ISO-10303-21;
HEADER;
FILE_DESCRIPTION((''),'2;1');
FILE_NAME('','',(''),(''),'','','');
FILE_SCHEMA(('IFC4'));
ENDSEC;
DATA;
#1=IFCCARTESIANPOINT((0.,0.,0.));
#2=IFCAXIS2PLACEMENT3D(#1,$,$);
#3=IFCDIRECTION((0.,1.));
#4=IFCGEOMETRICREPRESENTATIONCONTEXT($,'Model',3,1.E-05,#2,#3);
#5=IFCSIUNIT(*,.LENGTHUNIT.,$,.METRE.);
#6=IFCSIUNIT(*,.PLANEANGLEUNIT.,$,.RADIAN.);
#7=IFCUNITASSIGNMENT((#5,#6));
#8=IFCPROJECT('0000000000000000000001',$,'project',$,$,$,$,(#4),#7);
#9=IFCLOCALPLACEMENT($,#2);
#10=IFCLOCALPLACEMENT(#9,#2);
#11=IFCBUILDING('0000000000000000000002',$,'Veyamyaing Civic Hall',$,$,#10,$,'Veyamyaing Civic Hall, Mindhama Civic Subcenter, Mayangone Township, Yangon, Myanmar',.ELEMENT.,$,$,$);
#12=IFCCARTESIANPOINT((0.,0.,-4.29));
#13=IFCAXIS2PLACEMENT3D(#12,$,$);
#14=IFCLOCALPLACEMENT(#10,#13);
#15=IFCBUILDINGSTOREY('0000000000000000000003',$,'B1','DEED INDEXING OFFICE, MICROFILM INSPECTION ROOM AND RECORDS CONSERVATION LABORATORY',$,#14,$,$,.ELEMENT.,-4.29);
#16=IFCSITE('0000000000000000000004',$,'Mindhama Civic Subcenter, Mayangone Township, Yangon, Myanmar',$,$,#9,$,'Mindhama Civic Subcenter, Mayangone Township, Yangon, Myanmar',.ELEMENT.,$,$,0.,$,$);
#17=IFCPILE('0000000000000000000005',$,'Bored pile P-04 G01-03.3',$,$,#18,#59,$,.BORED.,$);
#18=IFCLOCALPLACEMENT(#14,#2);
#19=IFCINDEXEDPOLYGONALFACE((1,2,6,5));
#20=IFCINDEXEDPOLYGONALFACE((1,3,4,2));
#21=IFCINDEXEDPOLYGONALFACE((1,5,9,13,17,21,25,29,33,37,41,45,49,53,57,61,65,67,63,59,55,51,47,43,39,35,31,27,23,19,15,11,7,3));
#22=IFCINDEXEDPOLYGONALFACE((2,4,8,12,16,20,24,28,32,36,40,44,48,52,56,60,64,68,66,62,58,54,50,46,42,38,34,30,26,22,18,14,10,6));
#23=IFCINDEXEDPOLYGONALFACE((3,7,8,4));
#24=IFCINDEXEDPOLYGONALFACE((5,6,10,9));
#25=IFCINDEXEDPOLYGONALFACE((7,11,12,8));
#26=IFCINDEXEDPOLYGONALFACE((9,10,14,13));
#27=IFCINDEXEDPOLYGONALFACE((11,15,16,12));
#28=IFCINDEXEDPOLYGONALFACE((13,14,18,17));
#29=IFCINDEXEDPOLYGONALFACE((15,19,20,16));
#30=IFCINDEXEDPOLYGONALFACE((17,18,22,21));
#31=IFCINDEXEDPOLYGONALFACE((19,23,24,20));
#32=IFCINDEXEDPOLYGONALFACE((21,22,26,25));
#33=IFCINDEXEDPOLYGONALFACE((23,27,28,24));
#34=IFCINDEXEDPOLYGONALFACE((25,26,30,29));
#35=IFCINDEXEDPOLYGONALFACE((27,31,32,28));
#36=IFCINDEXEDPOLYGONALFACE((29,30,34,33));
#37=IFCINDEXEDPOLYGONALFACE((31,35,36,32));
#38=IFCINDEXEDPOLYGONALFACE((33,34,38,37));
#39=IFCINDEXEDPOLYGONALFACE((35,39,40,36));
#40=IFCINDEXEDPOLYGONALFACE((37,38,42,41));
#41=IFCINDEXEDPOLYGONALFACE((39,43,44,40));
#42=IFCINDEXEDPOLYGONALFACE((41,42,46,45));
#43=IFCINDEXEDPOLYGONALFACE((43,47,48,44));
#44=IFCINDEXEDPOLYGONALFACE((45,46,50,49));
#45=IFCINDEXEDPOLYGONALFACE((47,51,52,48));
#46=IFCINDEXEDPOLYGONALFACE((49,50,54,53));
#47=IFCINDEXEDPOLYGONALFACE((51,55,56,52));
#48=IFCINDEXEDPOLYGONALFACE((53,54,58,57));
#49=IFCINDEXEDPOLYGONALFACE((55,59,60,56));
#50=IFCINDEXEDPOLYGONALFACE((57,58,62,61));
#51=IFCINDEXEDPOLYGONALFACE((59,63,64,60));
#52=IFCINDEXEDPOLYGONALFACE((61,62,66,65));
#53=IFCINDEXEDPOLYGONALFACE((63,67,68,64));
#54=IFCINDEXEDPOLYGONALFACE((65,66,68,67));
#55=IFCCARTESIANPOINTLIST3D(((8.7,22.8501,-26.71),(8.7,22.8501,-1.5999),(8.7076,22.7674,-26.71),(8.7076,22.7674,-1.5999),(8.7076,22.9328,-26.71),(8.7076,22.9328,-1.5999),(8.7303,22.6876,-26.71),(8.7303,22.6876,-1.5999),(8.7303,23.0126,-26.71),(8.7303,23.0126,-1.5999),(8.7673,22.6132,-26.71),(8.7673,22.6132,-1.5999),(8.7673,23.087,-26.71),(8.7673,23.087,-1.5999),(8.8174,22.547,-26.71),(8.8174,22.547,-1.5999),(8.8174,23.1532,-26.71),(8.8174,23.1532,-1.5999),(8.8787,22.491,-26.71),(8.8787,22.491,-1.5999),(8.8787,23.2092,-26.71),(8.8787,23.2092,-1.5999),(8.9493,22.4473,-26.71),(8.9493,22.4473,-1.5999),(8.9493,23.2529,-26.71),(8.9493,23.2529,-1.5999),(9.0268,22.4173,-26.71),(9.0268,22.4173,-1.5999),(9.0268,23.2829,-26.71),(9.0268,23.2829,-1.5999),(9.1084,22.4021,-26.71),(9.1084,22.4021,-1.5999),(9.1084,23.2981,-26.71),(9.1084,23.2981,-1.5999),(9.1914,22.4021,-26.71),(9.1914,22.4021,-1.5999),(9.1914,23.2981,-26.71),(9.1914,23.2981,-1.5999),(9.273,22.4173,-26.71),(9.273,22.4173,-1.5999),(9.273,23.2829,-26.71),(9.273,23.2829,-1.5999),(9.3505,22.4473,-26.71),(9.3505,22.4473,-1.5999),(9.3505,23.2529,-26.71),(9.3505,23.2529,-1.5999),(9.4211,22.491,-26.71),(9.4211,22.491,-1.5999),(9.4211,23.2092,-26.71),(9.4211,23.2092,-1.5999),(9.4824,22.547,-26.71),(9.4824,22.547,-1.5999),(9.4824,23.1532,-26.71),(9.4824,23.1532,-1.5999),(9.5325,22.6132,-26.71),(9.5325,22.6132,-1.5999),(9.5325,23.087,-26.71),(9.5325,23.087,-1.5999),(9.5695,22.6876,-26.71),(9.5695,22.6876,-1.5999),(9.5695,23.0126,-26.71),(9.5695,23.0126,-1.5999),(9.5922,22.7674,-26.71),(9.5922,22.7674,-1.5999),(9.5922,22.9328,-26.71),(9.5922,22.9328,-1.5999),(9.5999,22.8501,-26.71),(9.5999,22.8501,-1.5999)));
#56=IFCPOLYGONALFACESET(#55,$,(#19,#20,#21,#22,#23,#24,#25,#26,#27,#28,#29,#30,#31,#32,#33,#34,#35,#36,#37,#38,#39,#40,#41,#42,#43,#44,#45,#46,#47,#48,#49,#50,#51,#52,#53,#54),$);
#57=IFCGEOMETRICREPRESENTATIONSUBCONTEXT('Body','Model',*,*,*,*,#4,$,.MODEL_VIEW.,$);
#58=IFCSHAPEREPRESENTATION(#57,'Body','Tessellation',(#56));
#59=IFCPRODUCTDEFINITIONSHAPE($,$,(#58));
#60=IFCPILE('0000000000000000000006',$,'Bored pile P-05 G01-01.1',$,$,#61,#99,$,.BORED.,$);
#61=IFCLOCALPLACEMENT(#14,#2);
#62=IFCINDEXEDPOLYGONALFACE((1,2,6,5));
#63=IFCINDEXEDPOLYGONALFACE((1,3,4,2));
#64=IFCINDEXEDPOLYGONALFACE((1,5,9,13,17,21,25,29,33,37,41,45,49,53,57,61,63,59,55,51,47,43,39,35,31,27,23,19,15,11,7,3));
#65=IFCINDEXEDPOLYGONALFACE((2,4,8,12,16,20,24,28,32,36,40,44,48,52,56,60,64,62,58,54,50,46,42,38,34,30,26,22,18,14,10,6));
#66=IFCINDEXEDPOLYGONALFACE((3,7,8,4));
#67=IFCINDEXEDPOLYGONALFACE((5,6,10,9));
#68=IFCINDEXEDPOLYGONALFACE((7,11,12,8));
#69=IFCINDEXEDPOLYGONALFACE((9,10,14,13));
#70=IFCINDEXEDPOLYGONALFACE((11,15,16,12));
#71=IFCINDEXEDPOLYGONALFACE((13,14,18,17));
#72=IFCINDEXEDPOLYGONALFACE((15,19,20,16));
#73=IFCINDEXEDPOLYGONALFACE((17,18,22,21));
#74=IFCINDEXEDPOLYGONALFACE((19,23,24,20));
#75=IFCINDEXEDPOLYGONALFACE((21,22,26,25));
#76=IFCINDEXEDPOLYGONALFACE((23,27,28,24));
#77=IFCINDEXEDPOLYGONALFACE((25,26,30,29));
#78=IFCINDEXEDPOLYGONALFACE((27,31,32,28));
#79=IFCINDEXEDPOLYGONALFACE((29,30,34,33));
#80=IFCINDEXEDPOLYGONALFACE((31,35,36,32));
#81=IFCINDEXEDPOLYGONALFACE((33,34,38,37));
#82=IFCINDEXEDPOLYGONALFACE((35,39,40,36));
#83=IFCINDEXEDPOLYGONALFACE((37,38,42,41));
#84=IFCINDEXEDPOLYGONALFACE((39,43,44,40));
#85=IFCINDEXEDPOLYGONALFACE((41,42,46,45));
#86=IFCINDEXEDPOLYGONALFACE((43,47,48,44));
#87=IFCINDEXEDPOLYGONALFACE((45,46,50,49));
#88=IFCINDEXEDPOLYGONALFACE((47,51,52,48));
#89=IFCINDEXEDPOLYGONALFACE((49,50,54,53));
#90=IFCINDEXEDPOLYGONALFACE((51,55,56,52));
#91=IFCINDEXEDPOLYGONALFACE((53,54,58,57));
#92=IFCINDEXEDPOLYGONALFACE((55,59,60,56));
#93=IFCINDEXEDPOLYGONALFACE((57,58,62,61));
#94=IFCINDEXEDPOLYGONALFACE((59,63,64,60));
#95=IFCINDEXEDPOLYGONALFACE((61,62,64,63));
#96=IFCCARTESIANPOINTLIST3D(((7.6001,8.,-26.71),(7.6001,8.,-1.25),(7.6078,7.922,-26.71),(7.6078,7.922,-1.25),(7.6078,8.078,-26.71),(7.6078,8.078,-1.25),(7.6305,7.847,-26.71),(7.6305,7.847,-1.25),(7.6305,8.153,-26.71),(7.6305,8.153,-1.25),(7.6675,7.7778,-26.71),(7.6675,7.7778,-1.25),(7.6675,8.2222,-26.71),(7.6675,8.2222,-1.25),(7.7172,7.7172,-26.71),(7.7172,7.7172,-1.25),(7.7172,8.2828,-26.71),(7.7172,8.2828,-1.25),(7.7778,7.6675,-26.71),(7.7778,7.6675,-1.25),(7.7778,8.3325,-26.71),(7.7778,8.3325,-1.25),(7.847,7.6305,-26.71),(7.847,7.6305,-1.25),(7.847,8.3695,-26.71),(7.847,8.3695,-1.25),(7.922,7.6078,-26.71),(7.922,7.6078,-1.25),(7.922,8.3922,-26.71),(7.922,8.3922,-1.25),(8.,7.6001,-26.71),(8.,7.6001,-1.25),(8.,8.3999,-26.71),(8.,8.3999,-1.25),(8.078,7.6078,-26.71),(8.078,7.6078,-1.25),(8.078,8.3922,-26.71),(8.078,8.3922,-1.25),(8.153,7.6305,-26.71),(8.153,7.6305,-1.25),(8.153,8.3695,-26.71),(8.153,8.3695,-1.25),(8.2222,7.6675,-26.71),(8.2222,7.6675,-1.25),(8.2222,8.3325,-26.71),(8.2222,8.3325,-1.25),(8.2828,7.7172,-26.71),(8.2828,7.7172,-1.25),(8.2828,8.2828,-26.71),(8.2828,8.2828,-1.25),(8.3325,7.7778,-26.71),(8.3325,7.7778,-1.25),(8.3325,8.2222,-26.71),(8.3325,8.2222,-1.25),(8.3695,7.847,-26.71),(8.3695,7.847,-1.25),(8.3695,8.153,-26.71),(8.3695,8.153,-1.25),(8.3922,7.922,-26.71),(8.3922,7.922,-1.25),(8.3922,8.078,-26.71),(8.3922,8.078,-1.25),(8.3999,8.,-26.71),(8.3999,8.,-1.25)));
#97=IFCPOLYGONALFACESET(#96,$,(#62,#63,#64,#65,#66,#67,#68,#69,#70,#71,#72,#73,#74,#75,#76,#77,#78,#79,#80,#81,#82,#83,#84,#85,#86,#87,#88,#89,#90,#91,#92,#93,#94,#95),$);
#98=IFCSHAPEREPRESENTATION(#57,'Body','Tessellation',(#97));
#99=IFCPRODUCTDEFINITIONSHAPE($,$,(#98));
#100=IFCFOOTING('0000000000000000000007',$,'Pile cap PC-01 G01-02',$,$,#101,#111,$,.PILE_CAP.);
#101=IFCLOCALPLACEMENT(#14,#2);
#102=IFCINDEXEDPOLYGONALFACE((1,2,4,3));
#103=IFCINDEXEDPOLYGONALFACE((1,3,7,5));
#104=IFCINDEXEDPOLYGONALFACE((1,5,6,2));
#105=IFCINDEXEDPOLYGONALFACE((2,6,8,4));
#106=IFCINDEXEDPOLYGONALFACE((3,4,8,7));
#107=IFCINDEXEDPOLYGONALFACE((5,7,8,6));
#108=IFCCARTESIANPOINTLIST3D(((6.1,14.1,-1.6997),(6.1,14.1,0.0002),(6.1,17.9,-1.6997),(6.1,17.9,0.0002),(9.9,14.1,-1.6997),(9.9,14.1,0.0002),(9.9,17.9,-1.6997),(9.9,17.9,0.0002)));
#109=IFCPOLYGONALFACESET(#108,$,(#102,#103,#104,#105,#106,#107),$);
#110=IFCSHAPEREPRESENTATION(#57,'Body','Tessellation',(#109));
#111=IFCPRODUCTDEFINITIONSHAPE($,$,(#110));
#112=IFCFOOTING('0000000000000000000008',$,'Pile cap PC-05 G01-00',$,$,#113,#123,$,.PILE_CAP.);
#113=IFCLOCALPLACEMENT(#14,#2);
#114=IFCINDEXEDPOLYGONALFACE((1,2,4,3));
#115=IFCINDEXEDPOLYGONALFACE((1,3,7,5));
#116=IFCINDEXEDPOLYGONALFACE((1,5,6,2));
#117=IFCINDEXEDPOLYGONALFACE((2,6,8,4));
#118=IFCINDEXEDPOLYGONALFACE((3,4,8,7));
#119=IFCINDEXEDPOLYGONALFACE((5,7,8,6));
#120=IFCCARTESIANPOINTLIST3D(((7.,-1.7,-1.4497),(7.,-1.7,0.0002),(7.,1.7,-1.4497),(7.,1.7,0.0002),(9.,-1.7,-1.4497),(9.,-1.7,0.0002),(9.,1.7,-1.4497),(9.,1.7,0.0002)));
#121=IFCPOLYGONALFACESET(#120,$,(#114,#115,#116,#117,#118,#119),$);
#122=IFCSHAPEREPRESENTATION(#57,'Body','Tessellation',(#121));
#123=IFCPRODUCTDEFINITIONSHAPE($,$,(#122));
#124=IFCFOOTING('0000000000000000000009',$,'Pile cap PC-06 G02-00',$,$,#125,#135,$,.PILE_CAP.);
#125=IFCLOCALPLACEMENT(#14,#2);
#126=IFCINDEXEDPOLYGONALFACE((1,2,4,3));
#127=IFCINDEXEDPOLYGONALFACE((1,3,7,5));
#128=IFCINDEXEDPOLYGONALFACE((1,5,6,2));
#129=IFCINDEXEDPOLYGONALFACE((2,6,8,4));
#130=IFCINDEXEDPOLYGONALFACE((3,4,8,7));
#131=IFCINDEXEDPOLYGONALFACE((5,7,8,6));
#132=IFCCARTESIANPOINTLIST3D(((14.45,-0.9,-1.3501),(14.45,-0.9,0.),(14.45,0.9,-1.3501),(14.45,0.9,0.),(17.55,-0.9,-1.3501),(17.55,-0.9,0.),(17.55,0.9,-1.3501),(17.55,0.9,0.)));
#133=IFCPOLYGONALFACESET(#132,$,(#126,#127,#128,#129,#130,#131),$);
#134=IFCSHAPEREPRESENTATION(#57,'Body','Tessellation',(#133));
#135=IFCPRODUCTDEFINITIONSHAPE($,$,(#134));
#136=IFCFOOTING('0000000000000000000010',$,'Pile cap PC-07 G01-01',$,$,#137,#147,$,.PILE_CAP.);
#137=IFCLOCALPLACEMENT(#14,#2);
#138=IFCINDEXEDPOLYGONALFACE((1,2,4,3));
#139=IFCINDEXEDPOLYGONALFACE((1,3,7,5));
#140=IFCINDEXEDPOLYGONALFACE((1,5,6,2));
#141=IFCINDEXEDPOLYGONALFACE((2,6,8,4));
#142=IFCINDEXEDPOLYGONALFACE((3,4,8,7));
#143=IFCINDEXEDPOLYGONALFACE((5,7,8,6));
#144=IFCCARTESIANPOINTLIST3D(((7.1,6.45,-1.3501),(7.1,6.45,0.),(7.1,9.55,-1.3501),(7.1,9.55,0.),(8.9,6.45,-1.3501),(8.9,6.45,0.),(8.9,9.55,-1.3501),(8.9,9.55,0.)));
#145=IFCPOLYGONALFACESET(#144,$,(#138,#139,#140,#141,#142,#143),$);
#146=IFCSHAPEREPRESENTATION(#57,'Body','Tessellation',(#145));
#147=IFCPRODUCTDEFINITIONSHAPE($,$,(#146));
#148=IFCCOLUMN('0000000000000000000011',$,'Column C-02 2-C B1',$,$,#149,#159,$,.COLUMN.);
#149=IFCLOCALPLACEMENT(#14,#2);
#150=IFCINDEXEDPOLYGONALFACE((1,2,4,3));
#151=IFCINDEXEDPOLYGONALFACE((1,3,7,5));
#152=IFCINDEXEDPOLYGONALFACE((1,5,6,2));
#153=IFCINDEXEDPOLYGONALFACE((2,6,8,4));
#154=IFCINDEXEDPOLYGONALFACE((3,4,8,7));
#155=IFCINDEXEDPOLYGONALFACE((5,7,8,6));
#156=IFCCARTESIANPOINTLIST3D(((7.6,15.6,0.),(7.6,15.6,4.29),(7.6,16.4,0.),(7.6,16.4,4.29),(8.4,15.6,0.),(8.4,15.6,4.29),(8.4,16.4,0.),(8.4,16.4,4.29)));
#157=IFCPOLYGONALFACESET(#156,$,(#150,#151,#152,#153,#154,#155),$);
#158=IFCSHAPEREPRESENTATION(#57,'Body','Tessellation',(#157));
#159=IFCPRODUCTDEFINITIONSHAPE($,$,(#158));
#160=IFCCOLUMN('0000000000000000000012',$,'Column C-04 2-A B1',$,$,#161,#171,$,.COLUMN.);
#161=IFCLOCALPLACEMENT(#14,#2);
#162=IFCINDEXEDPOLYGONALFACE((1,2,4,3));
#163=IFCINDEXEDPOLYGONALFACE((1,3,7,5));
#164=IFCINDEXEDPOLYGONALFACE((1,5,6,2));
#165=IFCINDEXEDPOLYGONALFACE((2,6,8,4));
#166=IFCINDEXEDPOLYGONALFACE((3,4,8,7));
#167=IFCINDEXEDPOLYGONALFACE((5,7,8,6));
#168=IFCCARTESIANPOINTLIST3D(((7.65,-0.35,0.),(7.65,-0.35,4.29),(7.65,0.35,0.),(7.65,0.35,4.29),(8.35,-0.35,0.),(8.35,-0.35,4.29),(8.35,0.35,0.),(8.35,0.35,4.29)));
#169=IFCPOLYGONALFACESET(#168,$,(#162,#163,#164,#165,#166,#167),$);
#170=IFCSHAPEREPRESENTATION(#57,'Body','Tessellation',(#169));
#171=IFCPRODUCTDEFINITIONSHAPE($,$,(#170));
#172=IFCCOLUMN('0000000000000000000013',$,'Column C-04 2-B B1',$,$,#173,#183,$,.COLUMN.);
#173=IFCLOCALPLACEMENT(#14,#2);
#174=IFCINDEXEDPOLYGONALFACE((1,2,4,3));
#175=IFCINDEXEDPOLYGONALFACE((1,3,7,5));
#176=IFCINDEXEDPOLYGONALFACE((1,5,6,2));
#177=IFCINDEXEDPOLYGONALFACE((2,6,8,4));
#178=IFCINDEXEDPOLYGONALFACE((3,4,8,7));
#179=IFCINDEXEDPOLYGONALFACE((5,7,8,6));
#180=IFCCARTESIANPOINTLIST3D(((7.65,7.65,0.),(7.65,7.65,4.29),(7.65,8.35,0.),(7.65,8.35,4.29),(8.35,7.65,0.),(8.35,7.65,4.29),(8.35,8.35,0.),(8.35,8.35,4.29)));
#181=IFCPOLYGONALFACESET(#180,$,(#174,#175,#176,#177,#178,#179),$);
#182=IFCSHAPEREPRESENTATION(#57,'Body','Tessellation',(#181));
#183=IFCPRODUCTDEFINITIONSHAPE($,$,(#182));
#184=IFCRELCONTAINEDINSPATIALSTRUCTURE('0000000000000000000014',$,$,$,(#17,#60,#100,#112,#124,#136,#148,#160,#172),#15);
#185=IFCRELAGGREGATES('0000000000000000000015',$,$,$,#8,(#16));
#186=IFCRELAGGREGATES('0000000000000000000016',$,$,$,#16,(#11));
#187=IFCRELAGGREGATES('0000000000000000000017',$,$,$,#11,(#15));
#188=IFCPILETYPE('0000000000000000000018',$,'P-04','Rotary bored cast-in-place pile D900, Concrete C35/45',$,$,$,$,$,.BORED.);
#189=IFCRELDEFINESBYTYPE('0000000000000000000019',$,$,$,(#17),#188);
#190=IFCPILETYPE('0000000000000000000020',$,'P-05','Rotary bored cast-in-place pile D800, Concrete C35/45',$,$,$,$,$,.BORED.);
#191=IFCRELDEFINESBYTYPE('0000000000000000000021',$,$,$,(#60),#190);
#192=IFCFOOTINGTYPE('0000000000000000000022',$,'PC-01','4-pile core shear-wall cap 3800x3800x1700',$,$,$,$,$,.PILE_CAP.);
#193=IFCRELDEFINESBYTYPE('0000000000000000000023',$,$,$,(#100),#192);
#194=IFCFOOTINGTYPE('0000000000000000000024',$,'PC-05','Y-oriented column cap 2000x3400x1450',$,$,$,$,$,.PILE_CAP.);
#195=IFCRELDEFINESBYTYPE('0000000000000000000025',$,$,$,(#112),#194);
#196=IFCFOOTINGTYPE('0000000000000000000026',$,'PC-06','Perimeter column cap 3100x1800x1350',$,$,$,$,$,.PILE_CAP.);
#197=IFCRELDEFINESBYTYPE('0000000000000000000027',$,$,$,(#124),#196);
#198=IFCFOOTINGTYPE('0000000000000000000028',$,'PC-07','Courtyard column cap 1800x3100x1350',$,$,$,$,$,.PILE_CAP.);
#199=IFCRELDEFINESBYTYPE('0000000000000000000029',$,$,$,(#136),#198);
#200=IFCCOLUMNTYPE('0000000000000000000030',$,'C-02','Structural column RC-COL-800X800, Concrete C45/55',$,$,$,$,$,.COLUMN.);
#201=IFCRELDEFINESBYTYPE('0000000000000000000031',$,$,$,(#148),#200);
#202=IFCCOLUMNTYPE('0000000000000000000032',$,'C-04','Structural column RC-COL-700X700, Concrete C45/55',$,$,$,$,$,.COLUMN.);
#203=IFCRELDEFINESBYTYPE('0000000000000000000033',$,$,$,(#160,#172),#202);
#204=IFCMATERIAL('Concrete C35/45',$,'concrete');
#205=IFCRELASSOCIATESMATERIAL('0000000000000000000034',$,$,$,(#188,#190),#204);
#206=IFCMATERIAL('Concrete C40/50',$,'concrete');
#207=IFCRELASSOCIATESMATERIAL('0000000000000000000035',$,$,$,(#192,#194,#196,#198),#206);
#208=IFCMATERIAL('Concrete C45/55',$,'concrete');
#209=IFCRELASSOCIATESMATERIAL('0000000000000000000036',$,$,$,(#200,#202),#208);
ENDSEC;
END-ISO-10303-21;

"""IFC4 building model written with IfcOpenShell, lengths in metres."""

from ifc_helpers import new_model, si_unit, direction, frame, origin, origin_2d, place, context, subcontext, project, spatial, rectangle, circle, extrude, material, material_profile, profile_set, type_object, element, save


model = new_model("IFC4")

# Units and contexts
model_context = context("Model", 3, precision=1e-05, world=origin(), true_north=direction((0.0, 1.0)))
body_context = subcontext(model_context, "Body", "Model", "MODEL_VIEW")
ifc_project = project(units=[si_unit("LENGTHUNIT", "METRE"), si_unit("PLANEANGLEUNIT", "RADIAN")], contexts=[model_context])

# Site, building, storey
site_placement = place(None, origin())
site = spatial("IfcSite", under=ifc_project, at=site_placement, Name="Mindhama Civic Subcenter, Mayangone Township, Yangon, Myanmar", LongName="Mindhama Civic Subcenter, Mayangone Township, Yangon, Myanmar", CompositionType="ELEMENT", RefElevation=0.0)
building_placement = place(site_placement, origin())
building = spatial("IfcBuilding", under=site, at=building_placement, Name="Veyamyaing Civic Hall", LongName="Veyamyaing Civic Hall, Mindhama Civic Subcenter, Mayangone Township, Yangon, Myanmar", CompositionType="ELEMENT")
storey_placement = place(building_placement, frame((0.0, 0.0, -4.29)))
storey = spatial("IfcBuildingStorey", under=building, at=storey_placement, Name="B1", Description="DEED INDEXING OFFICE, MICROFILM INSPECTION ROOM AND RECORDS CONSERVATION LABORATORY", CompositionType="ELEMENT", Elevation=-4.29)

# Shared definitions
ifc_material_1 = material(Name="Concrete C40/50", Category="concrete")

# Piles
ifc_material_2 = material(Name="Concrete C35/45", Category="concrete")
ifc_material_profile_1 = material_profile(ifc_material_2, circle(Radius=0.45, at=origin_2d()), Name="PILE-D900")
ifc_profile_set_1 = profile_set([ifc_material_profile_1], Name="Concrete C35/45")
pile_type_1 = type_object("IfcPileType", Name="P-04", Description="Rotary bored cast-in-place pile D900, Concrete C35/45", PredefinedType="BORED", material=ifc_profile_set_1)
for number, where, z_axis, x_axis, name in (
    (1, (9.1499, 22.8501, -1.5999), (0.0, 0.0, -1.0), (1.0, 0.0, 0.0), "Bored pile P-04 G01-03.3"),
):
    element("IfcPile", number, at=place(storey_placement, frame(where, z_axis=z_axis, x_axis=x_axis)), inside=storey, type_object=pile_type_1, Name=name, PredefinedType="BORED", context=body_context, shape_type="SweptSolid", body=[
        extrude(circle(Radius=0.45, at=origin_2d()), origin(), (0.0, 0.0, 1.0), 25.1101),
    ])
ifc_material_profile_2 = material_profile(ifc_material_2, circle(Radius=0.3999, at=origin_2d()), Name="PILE-D800")
ifc_profile_set_2 = profile_set([ifc_material_profile_2], Name="Concrete C35/45")
pile_type_2 = type_object("IfcPileType", Name="P-05", Description="Rotary bored cast-in-place pile D800, Concrete C35/45", PredefinedType="BORED", material=ifc_profile_set_2)
pile_1_placement = place(storey_placement, frame((8.0, 8.0, -1.25), z_axis=(0.0, 0.0, -1.0), x_axis=(1.0, 0.0, 0.0)))
element("IfcPile", 2, at=pile_1_placement, inside=storey, type_object=pile_type_2, Name="Bored pile P-05 G01-01.1", PredefinedType="BORED", context=body_context, shape_type="SweptSolid", body=[
    extrude(circle(Radius=0.3999, at=origin_2d()), origin(), (0.0, 0.0, 1.0), 25.46),
])

# Footings
footing_type_1 = type_object("IfcFootingType", Name="PC-01", Description="4-pile core shear-wall cap 3800x3800x1700", PredefinedType="PILE_CAP", material=ifc_material_1)
footing_1_placement = place(storey_placement, frame((8.0, 16.0, -1.6997), z_axis=(0.0, 0.0, 1.0), x_axis=(1.0, 0.0, 0.0)))
element("IfcFooting", 3, at=footing_1_placement, inside=storey, type_object=footing_type_1, Name="Pile cap PC-01 G01-02", PredefinedType="PILE_CAP", context=body_context, shape_type="SweptSolid", body=[
    extrude(rectangle(XDim=3.8, YDim=3.8, at=origin_2d()), origin(), (0.0, 0.0, 1.0), 1.7),
])
footing_type_2 = type_object("IfcFootingType", Name="PC-05", Description="Y-oriented column cap 2000x3400x1450", PredefinedType="PILE_CAP", material=ifc_material_1)
footing_2_placement = place(storey_placement, frame((8.0, 0.0, -1.4497), z_axis=(0.0, 0.0, 1.0), x_axis=(1.0, 0.0, 0.0)))
element("IfcFooting", 4, at=footing_2_placement, inside=storey, type_object=footing_type_2, Name="Pile cap PC-05 G01-00", PredefinedType="PILE_CAP", context=body_context, shape_type="SweptSolid", body=[
    extrude(rectangle(XDim=2.0, YDim=3.3999, at=origin_2d()), origin(), (0.0, 0.0, 1.0), 1.45),
])
footing_type_3 = type_object("IfcFootingType", Name="PC-06", Description="Perimeter column cap 3100x1800x1350", PredefinedType="PILE_CAP", material=ifc_material_1)
footing_3_placement = place(storey_placement, frame((16.0, 0.0, -1.3501), z_axis=(0.0, 0.0, 1.0), x_axis=(1.0, 0.0, 0.0)))
element("IfcFooting", 5, at=footing_3_placement, inside=storey, type_object=footing_type_3, Name="Pile cap PC-06 G02-00", PredefinedType="PILE_CAP", context=body_context, shape_type="SweptSolid", body=[
    extrude(rectangle(XDim=3.1001, YDim=1.8, at=origin_2d()), origin(), (0.0, 0.0, 1.0), 1.3501),
])
footing_type_4 = type_object("IfcFootingType", Name="PC-07", Description="Courtyard column cap 1800x3100x1350", PredefinedType="PILE_CAP", material=ifc_material_1)
footing_4_placement = place(storey_placement, frame((8.0, 8.0, -1.3501), z_axis=(0.0, 0.0, 1.0), x_axis=(1.0, 0.0, 0.0)))
element("IfcFooting", 6, at=footing_4_placement, inside=storey, type_object=footing_type_4, Name="Pile cap PC-07 G01-01", PredefinedType="PILE_CAP", context=body_context, shape_type="SweptSolid", body=[
    extrude(rectangle(XDim=1.8, YDim=3.1001, at=origin_2d()), origin(), (0.0, 0.0, 1.0), 1.3501),
])

# Columns
ifc_material_3 = material(Name="Concrete C45/55", Category="concrete")
ifc_material_profile_3 = material_profile(ifc_material_3, rectangle(XDim=0.8, YDim=0.8, at=origin_2d()), Name="RC-COL-800X800")
ifc_profile_set_3 = profile_set([ifc_material_profile_3], Name="Concrete C45/55")
column_type_1 = type_object("IfcColumnType", Name="C-02", Description="Structural column RC-COL-800X800, Concrete C45/55", PredefinedType="COLUMN", material=ifc_profile_set_3)
column_placement = place(storey_placement, frame((8.0, 16.0, 0.0), z_axis=(0.0, 0.0, 1.0), x_axis=(1.0, 0.0, 0.0)))
element("IfcColumn", 7, at=column_placement, inside=storey, type_object=column_type_1, Name="Column C-02 2-C B1", PredefinedType="COLUMN", context=body_context, shape_type="SweptSolid", body=[
    extrude(rectangle(XDim=0.8, YDim=0.8, at=origin_2d()), origin(), (0.0, 0.0, 1.0), 4.29),
])
ifc_material_profile_4 = material_profile(ifc_material_3, rectangle(XDim=0.7, YDim=0.7, at=origin_2d()), Name="RC-COL-700X700")
ifc_profile_set_4 = profile_set([ifc_material_profile_4], Name="Concrete C45/55")
column_type_2 = type_object("IfcColumnType", Name="C-04", Description="Structural column RC-COL-700X700, Concrete C45/55", PredefinedType="COLUMN", material=ifc_profile_set_4)
for number, where, z_axis, x_axis, name in (
    (8, (8.0, 0.0, 0.0), (0.0, 0.0, 1.0), (1.0, 0.0, 0.0), "Column C-04 2-A B1"),
    (9, (8.0, 8.0, 0.0), (0.0, 0.0, 1.0), (1.0, 0.0, 0.0), "Column C-04 2-B B1"),
):
    element("IfcColumn", number, at=place(storey_placement, frame(where, z_axis=z_axis, x_axis=x_axis)), inside=storey, type_object=column_type_2, Name=name, PredefinedType="COLUMN", context=body_context, shape_type="SweptSolid", body=[
        extrude(rectangle(XDim=0.7, YDim=0.7, at=origin_2d()), origin(), (0.0, 0.0, 1.0), 4.29),
    ])

save(model, "model.ifc")
